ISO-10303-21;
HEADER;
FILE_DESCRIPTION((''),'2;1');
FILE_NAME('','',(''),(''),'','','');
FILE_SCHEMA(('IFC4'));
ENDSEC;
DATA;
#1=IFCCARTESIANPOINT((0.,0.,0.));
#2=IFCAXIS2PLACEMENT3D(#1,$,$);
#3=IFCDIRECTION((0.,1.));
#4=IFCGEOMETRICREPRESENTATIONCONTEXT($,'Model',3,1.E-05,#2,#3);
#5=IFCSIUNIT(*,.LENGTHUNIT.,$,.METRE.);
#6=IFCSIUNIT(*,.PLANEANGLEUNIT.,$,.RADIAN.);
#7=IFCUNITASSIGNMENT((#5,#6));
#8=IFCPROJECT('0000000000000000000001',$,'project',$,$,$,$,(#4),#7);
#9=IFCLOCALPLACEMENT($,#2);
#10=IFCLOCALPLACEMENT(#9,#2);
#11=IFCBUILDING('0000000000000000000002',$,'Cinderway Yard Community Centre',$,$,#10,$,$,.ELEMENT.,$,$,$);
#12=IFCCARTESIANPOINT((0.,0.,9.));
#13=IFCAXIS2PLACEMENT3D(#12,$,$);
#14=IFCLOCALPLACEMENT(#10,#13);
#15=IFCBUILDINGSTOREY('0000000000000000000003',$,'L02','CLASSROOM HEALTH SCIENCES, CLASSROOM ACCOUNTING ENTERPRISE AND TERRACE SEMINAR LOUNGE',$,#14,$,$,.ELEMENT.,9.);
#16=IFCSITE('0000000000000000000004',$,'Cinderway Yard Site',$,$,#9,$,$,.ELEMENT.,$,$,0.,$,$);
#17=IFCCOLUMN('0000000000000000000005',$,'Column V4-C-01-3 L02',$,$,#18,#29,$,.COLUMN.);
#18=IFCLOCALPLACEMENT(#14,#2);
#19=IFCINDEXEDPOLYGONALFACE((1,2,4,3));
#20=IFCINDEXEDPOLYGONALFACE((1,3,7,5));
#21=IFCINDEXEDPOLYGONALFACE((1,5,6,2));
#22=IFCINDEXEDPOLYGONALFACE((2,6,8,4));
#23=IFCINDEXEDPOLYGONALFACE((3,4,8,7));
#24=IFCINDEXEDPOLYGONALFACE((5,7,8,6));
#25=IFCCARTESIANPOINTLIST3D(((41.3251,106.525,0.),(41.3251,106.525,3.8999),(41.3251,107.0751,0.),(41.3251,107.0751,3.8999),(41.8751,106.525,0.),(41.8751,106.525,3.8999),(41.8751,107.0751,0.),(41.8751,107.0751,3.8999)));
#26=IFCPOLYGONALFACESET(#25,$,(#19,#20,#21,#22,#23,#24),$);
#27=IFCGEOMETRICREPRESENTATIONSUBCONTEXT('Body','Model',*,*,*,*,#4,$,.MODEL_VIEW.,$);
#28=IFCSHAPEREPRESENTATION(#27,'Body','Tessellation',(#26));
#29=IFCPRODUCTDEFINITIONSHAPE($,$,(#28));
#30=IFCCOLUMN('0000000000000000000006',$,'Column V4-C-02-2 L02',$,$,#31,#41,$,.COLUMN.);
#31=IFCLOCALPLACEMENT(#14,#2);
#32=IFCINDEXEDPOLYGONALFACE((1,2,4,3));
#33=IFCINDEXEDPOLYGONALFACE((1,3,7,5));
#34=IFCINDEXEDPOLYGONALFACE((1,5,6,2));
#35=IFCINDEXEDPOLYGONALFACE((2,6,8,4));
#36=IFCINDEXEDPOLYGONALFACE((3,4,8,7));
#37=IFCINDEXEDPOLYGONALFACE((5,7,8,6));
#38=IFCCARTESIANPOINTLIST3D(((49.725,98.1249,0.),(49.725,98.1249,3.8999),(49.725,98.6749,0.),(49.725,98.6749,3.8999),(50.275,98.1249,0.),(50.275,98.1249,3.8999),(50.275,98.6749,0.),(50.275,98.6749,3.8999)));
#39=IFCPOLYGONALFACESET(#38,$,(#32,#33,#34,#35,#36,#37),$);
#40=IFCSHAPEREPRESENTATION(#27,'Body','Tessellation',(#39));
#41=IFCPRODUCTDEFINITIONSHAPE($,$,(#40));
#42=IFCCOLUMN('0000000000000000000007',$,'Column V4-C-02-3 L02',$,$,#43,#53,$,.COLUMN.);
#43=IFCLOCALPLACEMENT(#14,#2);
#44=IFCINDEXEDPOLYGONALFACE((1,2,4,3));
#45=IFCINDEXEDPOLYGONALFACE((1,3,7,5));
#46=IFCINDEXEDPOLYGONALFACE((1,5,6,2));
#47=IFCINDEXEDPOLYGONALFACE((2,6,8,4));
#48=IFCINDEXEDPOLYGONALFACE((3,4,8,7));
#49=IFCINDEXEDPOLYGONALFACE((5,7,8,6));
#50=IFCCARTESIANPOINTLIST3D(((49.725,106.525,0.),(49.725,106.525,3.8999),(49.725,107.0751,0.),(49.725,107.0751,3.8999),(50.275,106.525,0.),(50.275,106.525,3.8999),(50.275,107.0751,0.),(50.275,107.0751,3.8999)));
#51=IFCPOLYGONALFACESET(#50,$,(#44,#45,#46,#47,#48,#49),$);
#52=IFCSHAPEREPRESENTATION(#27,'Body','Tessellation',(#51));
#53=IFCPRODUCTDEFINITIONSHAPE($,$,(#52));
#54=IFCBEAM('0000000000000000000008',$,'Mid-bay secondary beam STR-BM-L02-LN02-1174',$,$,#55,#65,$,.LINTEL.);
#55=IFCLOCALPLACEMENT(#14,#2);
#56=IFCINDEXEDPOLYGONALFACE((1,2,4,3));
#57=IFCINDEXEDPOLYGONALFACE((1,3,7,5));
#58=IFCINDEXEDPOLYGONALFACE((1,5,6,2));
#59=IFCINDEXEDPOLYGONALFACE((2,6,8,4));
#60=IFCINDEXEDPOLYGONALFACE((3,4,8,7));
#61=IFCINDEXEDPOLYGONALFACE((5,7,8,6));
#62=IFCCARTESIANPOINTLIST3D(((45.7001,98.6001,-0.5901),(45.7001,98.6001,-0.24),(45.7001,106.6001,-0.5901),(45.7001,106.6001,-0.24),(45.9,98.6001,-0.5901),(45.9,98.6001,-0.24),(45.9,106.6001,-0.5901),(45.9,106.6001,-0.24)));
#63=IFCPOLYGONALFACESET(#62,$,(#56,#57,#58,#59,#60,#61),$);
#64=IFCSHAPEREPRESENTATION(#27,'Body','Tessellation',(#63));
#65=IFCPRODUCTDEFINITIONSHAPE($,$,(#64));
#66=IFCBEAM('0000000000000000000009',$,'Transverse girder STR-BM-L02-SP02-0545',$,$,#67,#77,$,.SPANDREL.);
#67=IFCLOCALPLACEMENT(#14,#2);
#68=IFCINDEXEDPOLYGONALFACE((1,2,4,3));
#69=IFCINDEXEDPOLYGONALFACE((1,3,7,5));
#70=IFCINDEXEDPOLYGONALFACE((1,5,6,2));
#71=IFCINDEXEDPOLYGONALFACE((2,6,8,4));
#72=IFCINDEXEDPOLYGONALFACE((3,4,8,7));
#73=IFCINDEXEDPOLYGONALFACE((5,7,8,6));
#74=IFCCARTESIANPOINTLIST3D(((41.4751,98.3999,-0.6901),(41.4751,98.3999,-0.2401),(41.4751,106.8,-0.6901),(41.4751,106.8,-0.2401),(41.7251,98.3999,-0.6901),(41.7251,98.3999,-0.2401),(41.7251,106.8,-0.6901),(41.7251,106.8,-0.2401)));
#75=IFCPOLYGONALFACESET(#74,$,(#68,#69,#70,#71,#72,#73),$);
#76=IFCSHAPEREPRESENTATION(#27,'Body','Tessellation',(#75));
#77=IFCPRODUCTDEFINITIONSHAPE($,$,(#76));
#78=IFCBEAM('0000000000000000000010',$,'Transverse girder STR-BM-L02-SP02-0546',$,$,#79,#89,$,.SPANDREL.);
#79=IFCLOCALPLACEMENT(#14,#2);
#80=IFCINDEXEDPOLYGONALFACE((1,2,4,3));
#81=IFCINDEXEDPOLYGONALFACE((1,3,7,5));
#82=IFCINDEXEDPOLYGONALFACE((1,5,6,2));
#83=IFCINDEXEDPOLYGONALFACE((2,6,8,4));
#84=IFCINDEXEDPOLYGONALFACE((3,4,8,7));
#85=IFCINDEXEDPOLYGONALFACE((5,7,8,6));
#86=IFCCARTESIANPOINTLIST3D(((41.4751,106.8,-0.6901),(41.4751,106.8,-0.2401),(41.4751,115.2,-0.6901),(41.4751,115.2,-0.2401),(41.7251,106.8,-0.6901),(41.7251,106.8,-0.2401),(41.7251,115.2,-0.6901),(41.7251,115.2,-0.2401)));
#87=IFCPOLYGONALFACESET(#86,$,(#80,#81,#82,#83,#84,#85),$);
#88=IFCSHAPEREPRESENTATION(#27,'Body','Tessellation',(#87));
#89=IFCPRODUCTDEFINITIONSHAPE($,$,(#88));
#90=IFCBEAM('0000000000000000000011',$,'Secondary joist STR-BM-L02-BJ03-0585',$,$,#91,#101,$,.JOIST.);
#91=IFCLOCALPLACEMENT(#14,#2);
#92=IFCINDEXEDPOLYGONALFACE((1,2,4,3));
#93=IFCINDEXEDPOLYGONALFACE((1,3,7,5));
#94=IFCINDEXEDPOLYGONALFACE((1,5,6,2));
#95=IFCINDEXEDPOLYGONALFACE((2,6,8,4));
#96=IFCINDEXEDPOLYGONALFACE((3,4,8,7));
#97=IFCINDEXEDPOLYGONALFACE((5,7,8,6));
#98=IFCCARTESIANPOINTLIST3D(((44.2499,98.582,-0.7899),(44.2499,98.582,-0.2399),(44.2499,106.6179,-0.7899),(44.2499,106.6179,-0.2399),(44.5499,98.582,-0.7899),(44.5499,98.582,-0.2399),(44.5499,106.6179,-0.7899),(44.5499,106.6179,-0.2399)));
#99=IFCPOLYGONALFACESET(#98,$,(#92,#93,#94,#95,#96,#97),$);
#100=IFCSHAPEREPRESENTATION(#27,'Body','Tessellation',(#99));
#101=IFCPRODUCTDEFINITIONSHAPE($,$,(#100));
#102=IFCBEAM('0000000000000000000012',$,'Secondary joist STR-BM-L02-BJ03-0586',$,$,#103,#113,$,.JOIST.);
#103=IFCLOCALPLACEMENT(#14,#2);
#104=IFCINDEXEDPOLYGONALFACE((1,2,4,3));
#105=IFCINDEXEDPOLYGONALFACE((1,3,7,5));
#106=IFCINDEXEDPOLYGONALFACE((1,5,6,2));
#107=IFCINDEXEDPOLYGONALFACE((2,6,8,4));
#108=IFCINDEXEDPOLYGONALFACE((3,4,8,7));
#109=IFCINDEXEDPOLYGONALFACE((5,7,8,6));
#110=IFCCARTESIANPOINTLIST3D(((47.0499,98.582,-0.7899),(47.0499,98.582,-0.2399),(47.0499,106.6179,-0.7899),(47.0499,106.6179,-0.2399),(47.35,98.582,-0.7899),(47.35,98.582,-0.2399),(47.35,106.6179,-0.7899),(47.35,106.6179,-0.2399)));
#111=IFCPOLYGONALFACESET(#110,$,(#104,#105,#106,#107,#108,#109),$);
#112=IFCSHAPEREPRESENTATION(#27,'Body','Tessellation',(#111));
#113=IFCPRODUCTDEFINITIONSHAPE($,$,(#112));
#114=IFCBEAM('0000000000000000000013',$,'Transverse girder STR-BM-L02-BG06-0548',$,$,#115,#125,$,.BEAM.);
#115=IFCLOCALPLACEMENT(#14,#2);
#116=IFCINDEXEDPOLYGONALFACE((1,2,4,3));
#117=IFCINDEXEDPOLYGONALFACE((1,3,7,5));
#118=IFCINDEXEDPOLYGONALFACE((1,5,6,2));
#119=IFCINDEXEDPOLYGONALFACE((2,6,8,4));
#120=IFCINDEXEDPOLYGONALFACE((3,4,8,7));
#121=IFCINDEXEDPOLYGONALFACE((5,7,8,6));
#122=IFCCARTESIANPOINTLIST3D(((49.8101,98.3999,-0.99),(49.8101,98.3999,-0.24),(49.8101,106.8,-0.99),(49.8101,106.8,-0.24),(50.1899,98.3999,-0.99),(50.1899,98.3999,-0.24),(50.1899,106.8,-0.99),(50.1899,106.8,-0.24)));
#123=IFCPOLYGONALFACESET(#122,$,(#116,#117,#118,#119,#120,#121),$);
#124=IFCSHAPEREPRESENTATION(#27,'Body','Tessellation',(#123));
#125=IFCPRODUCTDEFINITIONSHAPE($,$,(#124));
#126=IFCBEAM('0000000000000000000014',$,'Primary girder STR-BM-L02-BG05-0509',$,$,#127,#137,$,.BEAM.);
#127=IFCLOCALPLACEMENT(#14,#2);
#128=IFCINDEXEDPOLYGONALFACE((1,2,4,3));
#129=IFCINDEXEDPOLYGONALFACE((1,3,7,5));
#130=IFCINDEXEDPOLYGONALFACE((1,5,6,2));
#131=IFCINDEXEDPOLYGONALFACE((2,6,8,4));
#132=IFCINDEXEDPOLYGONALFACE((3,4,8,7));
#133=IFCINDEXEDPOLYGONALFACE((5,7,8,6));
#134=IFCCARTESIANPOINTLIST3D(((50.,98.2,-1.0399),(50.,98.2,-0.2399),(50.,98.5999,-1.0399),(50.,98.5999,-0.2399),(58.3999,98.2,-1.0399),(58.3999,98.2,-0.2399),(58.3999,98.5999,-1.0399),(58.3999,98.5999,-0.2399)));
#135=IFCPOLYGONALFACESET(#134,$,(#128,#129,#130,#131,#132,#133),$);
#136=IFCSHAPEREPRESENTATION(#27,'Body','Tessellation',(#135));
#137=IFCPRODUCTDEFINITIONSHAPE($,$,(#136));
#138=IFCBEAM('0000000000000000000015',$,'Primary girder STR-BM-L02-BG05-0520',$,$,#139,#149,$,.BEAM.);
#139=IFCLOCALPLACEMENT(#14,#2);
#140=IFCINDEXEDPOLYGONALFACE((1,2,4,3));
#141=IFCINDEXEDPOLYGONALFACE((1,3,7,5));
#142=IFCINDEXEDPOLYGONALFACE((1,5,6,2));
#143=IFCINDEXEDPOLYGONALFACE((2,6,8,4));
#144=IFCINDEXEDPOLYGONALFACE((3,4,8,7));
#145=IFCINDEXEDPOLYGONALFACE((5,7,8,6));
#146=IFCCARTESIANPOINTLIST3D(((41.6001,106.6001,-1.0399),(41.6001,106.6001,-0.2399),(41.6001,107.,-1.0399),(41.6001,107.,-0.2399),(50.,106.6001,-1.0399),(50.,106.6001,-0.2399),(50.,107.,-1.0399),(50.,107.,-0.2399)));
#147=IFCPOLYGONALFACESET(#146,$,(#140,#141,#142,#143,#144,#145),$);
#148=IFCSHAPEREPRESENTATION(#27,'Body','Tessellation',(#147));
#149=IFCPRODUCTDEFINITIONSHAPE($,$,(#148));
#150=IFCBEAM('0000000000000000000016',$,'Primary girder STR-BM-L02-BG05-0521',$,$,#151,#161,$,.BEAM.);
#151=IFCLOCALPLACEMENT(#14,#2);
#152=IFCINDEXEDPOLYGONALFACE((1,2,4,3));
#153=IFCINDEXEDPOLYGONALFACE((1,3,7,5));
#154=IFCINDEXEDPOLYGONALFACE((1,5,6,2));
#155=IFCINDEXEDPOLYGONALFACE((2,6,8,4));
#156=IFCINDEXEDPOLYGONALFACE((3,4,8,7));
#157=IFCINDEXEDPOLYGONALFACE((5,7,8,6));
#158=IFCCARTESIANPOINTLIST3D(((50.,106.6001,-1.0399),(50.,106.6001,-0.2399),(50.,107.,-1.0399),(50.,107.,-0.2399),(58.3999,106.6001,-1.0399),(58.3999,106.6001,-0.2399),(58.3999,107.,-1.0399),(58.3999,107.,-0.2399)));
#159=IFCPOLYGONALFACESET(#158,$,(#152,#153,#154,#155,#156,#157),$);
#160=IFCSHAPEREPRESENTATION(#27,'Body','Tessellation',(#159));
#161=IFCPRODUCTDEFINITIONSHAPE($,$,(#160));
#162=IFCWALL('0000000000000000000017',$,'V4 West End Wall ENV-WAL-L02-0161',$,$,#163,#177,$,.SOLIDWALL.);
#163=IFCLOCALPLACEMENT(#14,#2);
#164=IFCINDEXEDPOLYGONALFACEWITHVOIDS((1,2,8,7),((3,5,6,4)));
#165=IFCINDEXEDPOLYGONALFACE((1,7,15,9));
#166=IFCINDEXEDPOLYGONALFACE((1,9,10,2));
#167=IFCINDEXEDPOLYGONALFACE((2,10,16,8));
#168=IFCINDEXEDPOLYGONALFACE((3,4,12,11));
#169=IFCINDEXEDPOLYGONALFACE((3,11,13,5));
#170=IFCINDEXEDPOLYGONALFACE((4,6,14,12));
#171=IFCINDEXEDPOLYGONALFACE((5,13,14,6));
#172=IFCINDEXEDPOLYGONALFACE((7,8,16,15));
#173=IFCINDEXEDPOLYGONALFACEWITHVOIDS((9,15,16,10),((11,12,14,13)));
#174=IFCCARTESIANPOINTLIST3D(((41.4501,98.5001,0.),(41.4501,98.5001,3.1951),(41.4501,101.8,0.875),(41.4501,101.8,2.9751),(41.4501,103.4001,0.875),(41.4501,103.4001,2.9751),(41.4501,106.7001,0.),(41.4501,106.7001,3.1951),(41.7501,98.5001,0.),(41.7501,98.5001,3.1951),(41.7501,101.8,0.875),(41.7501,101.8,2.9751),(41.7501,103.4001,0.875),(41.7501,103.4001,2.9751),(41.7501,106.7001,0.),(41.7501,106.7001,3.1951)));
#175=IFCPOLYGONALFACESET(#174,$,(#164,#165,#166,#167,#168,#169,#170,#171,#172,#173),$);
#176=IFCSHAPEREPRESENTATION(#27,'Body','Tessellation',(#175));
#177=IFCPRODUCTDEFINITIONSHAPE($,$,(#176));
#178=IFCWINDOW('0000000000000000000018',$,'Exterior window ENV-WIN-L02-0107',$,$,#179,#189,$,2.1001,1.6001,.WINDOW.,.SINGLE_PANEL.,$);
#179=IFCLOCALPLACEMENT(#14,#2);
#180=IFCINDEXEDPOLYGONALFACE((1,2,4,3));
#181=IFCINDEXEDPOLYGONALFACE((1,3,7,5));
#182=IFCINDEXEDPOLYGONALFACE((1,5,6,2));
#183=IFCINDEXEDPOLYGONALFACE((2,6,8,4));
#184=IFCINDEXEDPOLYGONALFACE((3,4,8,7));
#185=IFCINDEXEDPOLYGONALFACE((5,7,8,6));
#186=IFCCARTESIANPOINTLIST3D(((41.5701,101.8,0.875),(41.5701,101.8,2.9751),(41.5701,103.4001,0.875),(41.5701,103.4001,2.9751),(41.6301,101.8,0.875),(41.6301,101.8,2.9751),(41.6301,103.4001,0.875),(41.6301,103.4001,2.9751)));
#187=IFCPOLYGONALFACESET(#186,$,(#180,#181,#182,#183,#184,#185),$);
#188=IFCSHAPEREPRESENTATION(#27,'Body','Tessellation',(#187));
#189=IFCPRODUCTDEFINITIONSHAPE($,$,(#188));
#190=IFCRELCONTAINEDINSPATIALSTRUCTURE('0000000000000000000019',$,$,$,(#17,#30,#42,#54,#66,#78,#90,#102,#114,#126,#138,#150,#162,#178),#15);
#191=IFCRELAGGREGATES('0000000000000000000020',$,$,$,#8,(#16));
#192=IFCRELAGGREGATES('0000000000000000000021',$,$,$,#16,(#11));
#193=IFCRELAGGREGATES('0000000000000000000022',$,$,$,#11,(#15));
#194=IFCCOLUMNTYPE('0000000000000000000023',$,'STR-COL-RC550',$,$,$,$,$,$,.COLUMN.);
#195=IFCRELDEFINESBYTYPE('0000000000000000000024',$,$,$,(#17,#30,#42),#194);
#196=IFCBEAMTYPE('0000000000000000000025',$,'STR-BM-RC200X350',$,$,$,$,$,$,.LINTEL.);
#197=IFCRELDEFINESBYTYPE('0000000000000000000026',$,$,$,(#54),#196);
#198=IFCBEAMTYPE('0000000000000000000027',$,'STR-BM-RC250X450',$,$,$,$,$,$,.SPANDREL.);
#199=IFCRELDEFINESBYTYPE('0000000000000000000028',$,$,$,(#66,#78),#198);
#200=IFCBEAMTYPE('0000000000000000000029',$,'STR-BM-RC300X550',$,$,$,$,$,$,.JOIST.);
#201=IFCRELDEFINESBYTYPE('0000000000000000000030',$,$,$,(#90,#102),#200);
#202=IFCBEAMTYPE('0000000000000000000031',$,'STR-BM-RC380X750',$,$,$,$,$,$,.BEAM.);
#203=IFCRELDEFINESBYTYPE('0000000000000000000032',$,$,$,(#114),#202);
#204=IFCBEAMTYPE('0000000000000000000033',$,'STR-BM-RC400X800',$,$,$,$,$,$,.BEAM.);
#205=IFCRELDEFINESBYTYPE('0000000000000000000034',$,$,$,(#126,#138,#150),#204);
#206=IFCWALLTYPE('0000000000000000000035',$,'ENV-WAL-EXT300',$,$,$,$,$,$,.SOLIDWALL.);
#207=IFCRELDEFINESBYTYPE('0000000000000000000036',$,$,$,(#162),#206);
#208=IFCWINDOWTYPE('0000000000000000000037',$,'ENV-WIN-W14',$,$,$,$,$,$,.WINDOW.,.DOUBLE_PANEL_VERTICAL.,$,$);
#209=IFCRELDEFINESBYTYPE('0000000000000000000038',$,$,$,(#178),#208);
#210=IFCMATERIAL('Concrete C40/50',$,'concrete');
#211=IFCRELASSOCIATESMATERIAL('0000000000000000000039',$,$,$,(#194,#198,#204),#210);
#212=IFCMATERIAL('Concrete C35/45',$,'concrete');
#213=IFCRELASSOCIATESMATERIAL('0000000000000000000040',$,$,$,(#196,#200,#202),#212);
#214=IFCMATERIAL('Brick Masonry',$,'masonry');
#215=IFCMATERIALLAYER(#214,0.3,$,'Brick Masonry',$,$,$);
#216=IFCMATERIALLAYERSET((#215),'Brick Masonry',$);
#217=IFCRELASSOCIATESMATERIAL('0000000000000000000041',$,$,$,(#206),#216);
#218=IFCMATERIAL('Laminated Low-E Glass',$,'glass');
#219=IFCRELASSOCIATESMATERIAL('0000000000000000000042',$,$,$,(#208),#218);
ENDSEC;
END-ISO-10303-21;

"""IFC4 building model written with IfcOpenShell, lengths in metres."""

from ifc_helpers import new_model, si_unit, direction, frame, frame_2d, origin, origin_2d, place, context, subcontext, project, spatial, rectangle, extrude, material, layer, layer_set, material_profile, profile_set, type_object, element, fill, save


model = new_model("IFC4")

# Units and contexts
model_context = context("Model", 3, precision=1e-05, world=origin(), true_north=direction((0.0, 1.0)))
body_context = subcontext(model_context, "Body", "Model", "MODEL_VIEW")
ifc_project = project(units=[si_unit("LENGTHUNIT", "METRE"), si_unit("PLANEANGLEUNIT", "RADIAN")], contexts=[model_context])

# Site, building, storey
site_placement = place(None, origin())
site = spatial("IfcSite", under=ifc_project, at=site_placement, Name="Cinderway Yard Site", CompositionType="ELEMENT", RefElevation=0.0)
building_placement = place(site_placement, origin())
building = spatial("IfcBuilding", under=site, at=building_placement, Name="Cinderway Yard Community Centre", CompositionType="ELEMENT")
storey_placement = place(building_placement, frame((0.0, 0.0, 9.0)))
storey = spatial("IfcBuildingStorey", under=building, at=storey_placement, Name="L02", Description="CLASSROOM HEALTH SCIENCES, CLASSROOM ACCOUNTING ENTERPRISE AND TERRACE SEMINAR LOUNGE", CompositionType="ELEMENT", Elevation=9.0)

# Columns
ifc_material_1 = material(Name="Concrete C40/50", Category="concrete")
ifc_material_profile_1 = material_profile(ifc_material_1, rectangle(XDim=0.55, YDim=0.55, at=origin_2d()), Name="Concrete C40/50")
ifc_profile_set_1 = profile_set([ifc_material_profile_1], Name="Concrete C40/50")
column_type = type_object("IfcColumnType", Name="STR-COL-RC550", PredefinedType="COLUMN", material=ifc_profile_set_1)
for number, where, z_axis, x_axis, name in (
    (1, (41.6001, 106.8, 0.0), (0.0, 0.0, 1.0), (1.0, 0.0, 0.0), "Column V4-C-01-3 L02"),
    (2, (50.0, 98.3999, 0.0), (0.0, 0.0, 1.0), (1.0, 0.0, 0.0), "Column V4-C-02-2 L02"),
    (3, (50.0, 106.8, 0.0), (0.0, 0.0, 1.0), (1.0, 0.0, 0.0), "Column V4-C-02-3 L02"),
):
    element("IfcColumn", number, at=place(storey_placement, frame(where, z_axis=z_axis, x_axis=x_axis)), inside=storey, type_object=column_type, Name=name, PredefinedType="COLUMN", context=body_context, shape_type="SweptSolid", body=[
        extrude(rectangle(XDim=0.55, YDim=0.55, at=origin_2d()), origin(), (0.0, 0.0, 1.0), 3.8999),
    ])

# Beams
ifc_material_2 = material(Name="Concrete C35/45", Category="concrete")
ifc_material_profile_2 = material_profile(ifc_material_2, rectangle(XDim=0.2, YDim=0.3501, at=origin_2d()), Name="Concrete C35/45")
ifc_profile_set_2 = profile_set([ifc_material_profile_2], Name="Concrete C35/45")
beam_type_1 = type_object("IfcBeamType", Name="STR-BM-RC200X350", PredefinedType="LINTEL", material=ifc_profile_set_2)
beam_1_placement = place(storey_placement, frame((45.8, 98.6001, -0.415), z_axis=(0.0, 1.0, 0.0), x_axis=(-1.0, 0.0, 0.0)))
element("IfcBeam", 4, at=beam_1_placement, inside=storey, type_object=beam_type_1, Name="Mid-bay secondary beam STR-BM-L02-LN02-1174", PredefinedType="LINTEL", context=body_context, shape_type="SweptSolid", body=[
    extrude(rectangle(XDim=0.2, YDim=0.3501, at=origin_2d()), origin(), (0.0, 0.0, 1.0), 8.0),
])
ifc_material_profile_3 = material_profile(ifc_material_1, rectangle(XDim=0.25, YDim=0.45, at=origin_2d()), Name="Concrete C40/50")
ifc_profile_set_3 = profile_set([ifc_material_profile_3], Name="Concrete C40/50")
beam_type_2 = type_object("IfcBeamType", Name="STR-BM-RC250X450", PredefinedType="SPANDREL", material=ifc_profile_set_3)
beam_2_placement = place(storey_placement, frame((41.6001, 98.3999, -0.4651), z_axis=(0.0, 1.0, 0.0), x_axis=(-1.0, 0.0, 0.0)))
element("IfcBeam", 5, at=beam_2_placement, inside=storey, type_object=beam_type_2, Name="Transverse girder STR-BM-L02-SP02-0545", PredefinedType="SPANDREL", context=body_context, shape_type="SweptSolid", body=[
    extrude(rectangle(XDim=0.25, YDim=0.45, at=origin_2d()), origin(), (0.0, 0.0, 1.0), 8.4001),
])
beam_3_placement = place(storey_placement, frame((41.6001, 106.8, -0.4651), z_axis=(0.0, 1.0, 0.0), x_axis=(-1.0, 0.0, 0.0)))
element("IfcBeam", 6, at=beam_3_placement, inside=storey, type_object=beam_type_2, Name="Transverse girder STR-BM-L02-SP02-0546", PredefinedType="SPANDREL", context=body_context, shape_type="SweptSolid", body=[
    extrude(rectangle(XDim=0.25, YDim=0.45, at=origin_2d()), origin(), (0.0, 0.0, 1.0), 8.3999),
])
ifc_material_profile_4 = material_profile(ifc_material_2, rectangle(XDim=0.3, YDim=0.55, at=origin_2d()), Name="Concrete C35/45")
ifc_profile_set_4 = profile_set([ifc_material_profile_4], Name="Concrete C35/45")
beam_type_3 = type_object("IfcBeamType", Name="STR-BM-RC300X550", PredefinedType="JOIST", material=ifc_profile_set_4)
for number, where, z_axis, x_axis, name in (
    (7, (44.3999, 98.582, -0.5149), (0.0, 1.0, 0.0), (-1.0, 0.0, 0.0), "Secondary joist STR-BM-L02-BJ03-0585"),
    (8, (47.2, 98.582, -0.5149), (0.0, 1.0, 0.0), (-1.0, 0.0, 0.0), "Secondary joist STR-BM-L02-BJ03-0586"),
):
    element("IfcBeam", number, at=place(storey_placement, frame(where, z_axis=z_axis, x_axis=x_axis)), inside=storey, type_object=beam_type_3, Name=name, PredefinedType="JOIST", context=body_context, shape_type="SweptSolid", body=[
        extrude(rectangle(XDim=0.3, YDim=0.55, at=origin_2d()), origin(), (0.0, 0.0, 1.0), 8.0359),
    ])
ifc_material_profile_5 = material_profile(ifc_material_2, rectangle(XDim=0.3799, YDim=0.75, at=origin_2d()), Name="Concrete C35/45")
ifc_profile_set_5 = profile_set([ifc_material_profile_5], Name="Concrete C35/45")
beam_type_4 = type_object("IfcBeamType", Name="STR-BM-RC380X750", PredefinedType="BEAM", material=ifc_profile_set_5)
beam_4_placement = place(storey_placement, frame((50.0, 98.3999, -0.615), z_axis=(0.0, 1.0, 0.0), x_axis=(-1.0, 0.0, 0.0)))
element("IfcBeam", 9, at=beam_4_placement, inside=storey, type_object=beam_type_4, Name="Transverse girder STR-BM-L02-BG06-0548", PredefinedType="BEAM", context=body_context, shape_type="SweptSolid", body=[
    extrude(rectangle(XDim=0.3799, YDim=0.75, at=origin_2d()), origin(), (0.0, 0.0, 1.0), 8.4001),
])
ifc_material_profile_6 = material_profile(ifc_material_1, rectangle(XDim=0.3999, YDim=0.8, at=origin_2d()), Name="Concrete C40/50")
ifc_profile_set_6 = profile_set([ifc_material_profile_6], Name="Concrete C40/50")
beam_type_5 = type_object("IfcBeamType", Name="STR-BM-RC400X800", PredefinedType="BEAM", material=ifc_profile_set_6)
for number, where, z_axis, x_axis, name in (
    (10, (50.0, 98.3999, -0.6399), (1.0, 0.0, 0.0), (0.0, 1.0, 0.0), "Primary girder STR-BM-L02-BG05-0509"),
    (11, (41.6001, 106.8, -0.6399), (1.0, 0.0, 0.0), (0.0, 1.0, 0.0), "Primary girder STR-BM-L02-BG05-0520"),
    (12, (50.0, 106.8, -0.6399), (1.0, 0.0, 0.0), (0.0, 1.0, 0.0), "Primary girder STR-BM-L02-BG05-0521"),
):
    element("IfcBeam", number, at=place(storey_placement, frame(where, z_axis=z_axis, x_axis=x_axis)), inside=storey, type_object=beam_type_5, Name=name, PredefinedType="BEAM", context=body_context, shape_type="SweptSolid", body=[
        extrude(rectangle(XDim=0.3999, YDim=0.8, at=origin_2d()), origin(), (0.0, 0.0, 1.0), 8.3999),
    ])

# Wall, opening, window
ifc_material_3 = material(Name="Brick Masonry", Category="masonry")
ifc_layer_1 = layer(ifc_material_3, 0.3, Name="Brick Masonry")
ifc_layer_set_1 = layer_set([ifc_layer_1], Name="Brick Masonry")
wall_type_1 = type_object("IfcWallType", Name="ENV-WAL-EXT300", PredefinedType="SOLIDWALL", material=ifc_layer_set_1)
wall_1_placement = place(storey_placement, frame((41.6001, 98.5, 0.0), z_axis=(0.0, 0.0, 1.0), x_axis=(0.0, 1.0, 0.0)))
wall_1 = element("IfcWall", 13, at=wall_1_placement, inside=storey, type_object=wall_type_1, Name="V4 West End Wall ENV-WAL-L02-0161", PredefinedType="SOLIDWALL", context=body_context, shape_type="SweptSolid", body=[
    extrude(rectangle(XDim=8.2, YDim=0.3, at=frame_2d((4.1001, 0.0))), origin(), (0.0, 0.0, 1.0), 3.1951),
])
opening_1_placement = place(wall_1_placement, frame((3.3, 0.0, 0.875)))
opening_1 = element("IfcOpeningElement", 14, at=opening_1_placement, cuts=wall_1, PredefinedType="OPENING", context=body_context, shape_type="SweptSolid", body=[
    extrude(rectangle(XDim=1.6001, YDim=2.1001, at=frame_2d((0.8, 1.05))), frame((0.0, 0.1599, 0.0), z_axis=(0.0, -1.0, 0.0), x_axis=(1.0, 0.0, 0.0)), (0.0, 0.0, 1.0), 0.3201),
])
ifc_material_4 = material(Name="Laminated Low-E Glass", Category="glass")
window_type = type_object("IfcWindowType", Name="ENV-WIN-W14", PartitioningType="DOUBLE_PANEL_VERTICAL", PredefinedType="WINDOW", material=ifc_material_4)
window_placement = place(opening_1_placement, origin())
window = element("IfcWindow", 15, at=window_placement, inside=storey, type_object=window_type, Name="Exterior window ENV-WIN-L02-0107", OverallHeight=2.1001, OverallWidth=1.6001, PartitioningType="SINGLE_PANEL", PredefinedType="WINDOW", context=body_context, shape_type="SweptSolid", body=[
    extrude(rectangle(XDim=1.6001, YDim=2.1001, at=frame_2d((0.8, 1.05))), frame((0.0, 0.03, 0.0), z_axis=(0.0, -1.0, 0.0), x_axis=(1.0, 0.0, 0.0)), (0.0, 0.0, 1.0), 0.0601),
])
fill(opening_1, window)

save(model, "model.ifc")
